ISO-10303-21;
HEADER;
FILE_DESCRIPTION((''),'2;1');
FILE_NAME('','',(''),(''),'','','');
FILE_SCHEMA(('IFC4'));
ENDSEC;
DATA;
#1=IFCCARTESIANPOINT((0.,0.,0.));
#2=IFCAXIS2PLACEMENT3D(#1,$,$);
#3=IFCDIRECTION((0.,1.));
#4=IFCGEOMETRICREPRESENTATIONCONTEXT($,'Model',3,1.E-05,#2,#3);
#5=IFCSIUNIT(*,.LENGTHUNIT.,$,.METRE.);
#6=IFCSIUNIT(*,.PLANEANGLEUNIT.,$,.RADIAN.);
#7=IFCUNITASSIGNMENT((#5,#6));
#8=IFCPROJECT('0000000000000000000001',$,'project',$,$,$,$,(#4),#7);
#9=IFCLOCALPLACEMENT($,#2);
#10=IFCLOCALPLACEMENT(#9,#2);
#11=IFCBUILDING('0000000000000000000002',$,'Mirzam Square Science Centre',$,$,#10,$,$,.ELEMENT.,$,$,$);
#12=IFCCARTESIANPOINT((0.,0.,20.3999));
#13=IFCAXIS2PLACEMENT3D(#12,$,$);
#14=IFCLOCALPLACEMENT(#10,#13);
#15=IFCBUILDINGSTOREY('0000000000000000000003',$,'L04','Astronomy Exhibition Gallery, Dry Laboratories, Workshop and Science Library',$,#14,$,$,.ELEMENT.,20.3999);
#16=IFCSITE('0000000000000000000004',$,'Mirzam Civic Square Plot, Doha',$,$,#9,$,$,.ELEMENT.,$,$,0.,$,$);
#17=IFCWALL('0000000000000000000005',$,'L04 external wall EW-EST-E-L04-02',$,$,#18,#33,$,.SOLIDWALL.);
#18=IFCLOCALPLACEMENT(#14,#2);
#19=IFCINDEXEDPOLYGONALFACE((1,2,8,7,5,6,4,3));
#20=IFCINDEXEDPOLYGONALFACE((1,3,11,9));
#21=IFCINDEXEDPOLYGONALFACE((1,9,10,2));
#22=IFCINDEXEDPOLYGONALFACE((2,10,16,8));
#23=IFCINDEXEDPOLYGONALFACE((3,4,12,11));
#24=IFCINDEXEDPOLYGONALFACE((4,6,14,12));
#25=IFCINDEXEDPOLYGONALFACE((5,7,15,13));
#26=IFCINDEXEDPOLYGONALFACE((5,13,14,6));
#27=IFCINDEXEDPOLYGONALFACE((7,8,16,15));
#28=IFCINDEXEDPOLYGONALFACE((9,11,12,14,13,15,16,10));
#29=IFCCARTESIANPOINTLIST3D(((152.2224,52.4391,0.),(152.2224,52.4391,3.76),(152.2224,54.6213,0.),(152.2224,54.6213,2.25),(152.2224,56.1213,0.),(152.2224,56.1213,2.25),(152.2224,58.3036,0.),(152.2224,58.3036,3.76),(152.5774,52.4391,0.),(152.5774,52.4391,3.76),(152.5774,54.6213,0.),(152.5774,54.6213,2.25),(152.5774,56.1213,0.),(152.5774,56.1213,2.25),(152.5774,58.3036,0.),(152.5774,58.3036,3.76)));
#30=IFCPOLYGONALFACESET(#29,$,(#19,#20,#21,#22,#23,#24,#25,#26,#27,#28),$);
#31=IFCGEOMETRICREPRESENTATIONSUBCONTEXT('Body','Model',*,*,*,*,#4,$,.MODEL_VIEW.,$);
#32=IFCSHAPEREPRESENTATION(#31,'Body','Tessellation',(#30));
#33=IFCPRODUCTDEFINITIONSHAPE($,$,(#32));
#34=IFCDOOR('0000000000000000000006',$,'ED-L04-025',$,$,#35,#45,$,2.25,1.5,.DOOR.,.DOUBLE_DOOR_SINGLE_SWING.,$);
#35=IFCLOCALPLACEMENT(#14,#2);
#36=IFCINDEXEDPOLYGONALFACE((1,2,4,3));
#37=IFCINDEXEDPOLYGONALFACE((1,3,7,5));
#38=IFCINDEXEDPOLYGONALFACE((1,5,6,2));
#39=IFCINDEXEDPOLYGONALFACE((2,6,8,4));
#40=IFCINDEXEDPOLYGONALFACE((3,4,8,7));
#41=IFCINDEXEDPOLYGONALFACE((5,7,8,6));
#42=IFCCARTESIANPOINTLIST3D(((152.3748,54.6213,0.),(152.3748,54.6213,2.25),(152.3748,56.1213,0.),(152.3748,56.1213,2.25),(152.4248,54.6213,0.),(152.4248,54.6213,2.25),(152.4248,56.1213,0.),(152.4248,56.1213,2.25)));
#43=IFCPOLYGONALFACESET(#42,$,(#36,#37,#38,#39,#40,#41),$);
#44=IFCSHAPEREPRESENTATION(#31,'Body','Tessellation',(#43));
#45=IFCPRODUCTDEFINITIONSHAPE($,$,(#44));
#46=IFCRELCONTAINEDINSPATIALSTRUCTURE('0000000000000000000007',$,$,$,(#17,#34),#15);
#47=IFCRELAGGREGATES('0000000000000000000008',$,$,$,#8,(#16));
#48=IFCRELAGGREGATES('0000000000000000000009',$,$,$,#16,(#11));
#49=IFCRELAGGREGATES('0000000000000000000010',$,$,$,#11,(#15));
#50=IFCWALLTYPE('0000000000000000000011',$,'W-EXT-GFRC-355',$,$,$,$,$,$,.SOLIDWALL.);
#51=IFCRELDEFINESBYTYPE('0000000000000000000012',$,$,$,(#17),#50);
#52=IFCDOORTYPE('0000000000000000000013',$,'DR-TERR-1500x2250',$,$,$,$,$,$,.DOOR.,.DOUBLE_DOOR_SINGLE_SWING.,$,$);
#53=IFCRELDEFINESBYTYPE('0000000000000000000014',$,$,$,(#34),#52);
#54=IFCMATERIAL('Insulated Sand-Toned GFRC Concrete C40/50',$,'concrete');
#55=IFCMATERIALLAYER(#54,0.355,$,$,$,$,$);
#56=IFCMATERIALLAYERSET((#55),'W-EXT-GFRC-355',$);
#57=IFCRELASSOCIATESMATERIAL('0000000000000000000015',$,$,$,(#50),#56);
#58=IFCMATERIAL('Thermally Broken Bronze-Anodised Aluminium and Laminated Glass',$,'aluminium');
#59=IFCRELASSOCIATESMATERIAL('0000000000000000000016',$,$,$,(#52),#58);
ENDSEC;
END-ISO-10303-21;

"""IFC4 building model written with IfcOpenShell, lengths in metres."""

from ifc_helpers import new_model, si_unit, direction, frame, frame_2d, origin, place, context, subcontext, project, spatial, rectangle, extrude, material, layer, layer_set, type_object, element, fill, save


model = new_model("IFC4")

# Units and contexts
model_context = context("Model", 3, precision=1e-05, world=origin(), true_north=direction((0.0, 1.0)))
body_context = subcontext(model_context, "Body", "Model", "MODEL_VIEW")
ifc_project = project(units=[si_unit("LENGTHUNIT", "METRE"), si_unit("PLANEANGLEUNIT", "RADIAN")], contexts=[model_context])

# Site, building, storey
site_placement = place(None, origin())
site = spatial("IfcSite", under=ifc_project, at=site_placement, Name="Mirzam Civic Square Plot, Doha", CompositionType="ELEMENT", RefElevation=0.0)
building_placement = place(site_placement, origin())
building = spatial("IfcBuilding", under=site, at=building_placement, Name="Mirzam Square Science Centre", CompositionType="ELEMENT")
storey_placement = place(building_placement, frame((0.0, 0.0, 20.3999)))
storey = spatial("IfcBuildingStorey", under=building, at=storey_placement, Name="L04", Description="Astronomy Exhibition Gallery, Dry Laboratories, Workshop and Science Library", CompositionType="ELEMENT", Elevation=20.3999)

# Wall, opening, door
ifc_material_1 = material(Name="Insulated Sand-Toned GFRC Concrete C40/50", Category="concrete")
ifc_layer_1 = layer(ifc_material_1, 0.355)
ifc_layer_set_1 = layer_set([ifc_layer_1], Name="W-EXT-GFRC-355")
wall_type_1 = type_object("IfcWallType", Name="W-EXT-GFRC-355", PredefinedType="SOLIDWALL", material=ifc_layer_set_1)
wall_1_placement = place(storey_placement, frame((152.3999, 52.4392, 0.0), z_axis=(0.0, 0.0, 1.0), x_axis=(0.0, 1.0, 0.0)))
wall_1 = element("IfcWall", 1, at=wall_1_placement, inside=storey, type_object=wall_type_1, Name="L04 external wall EW-EST-E-L04-02", PredefinedType="SOLIDWALL", context=body_context, shape_type="SweptSolid", body=[
    extrude(rectangle(XDim=5.8645, YDim=0.355, at=frame_2d((2.9321, 0.0))), origin(), (0.0, 0.0, 1.0), 3.76),
])
opening_placement = place(wall_1_placement, frame((2.1821, 0.0, 0.0)))
opening = element("IfcOpeningElement", 2, at=opening_placement, cuts=wall_1, PredefinedType="OPENING", context=body_context, shape_type="SweptSolid", body=[
    extrude(rectangle(XDim=1.5, YDim=2.25, at=frame_2d((0.75, 1.125))), frame((0.0, 0.1875, 0.0), z_axis=(0.0, -1.0, 0.0), x_axis=(1.0, 0.0, 0.0)), (0.0, 0.0, 1.0), 0.375),
])
ifc_material_2 = material(Name="Thermally Broken Bronze-Anodised Aluminium and Laminated Glass", Category="aluminium")
door_type = type_object("IfcDoorType", Name="DR-TERR-1500x2250", OperationType="DOUBLE_DOOR_SINGLE_SWING", PredefinedType="DOOR", material=ifc_material_2)
door_placement = place(opening_placement, frame((1.5, 0.0, 0.0), z_axis=(0.0, 0.0, 1.0), x_axis=(-1.0, 0.0, 0.0)))
door = element("IfcDoor", 3, at=door_placement, inside=storey, type_object=door_type, Name="ED-L04-025", OperationType="DOUBLE_DOOR_SINGLE_SWING", OverallHeight=2.25, OverallWidth=1.5, PredefinedType="DOOR", context=body_context, shape_type="SweptSolid", body=[
    extrude(rectangle(XDim=1.5, YDim=2.25, at=frame_2d((0.75, 1.125))), frame((0.0, 0.0249, 0.0), z_axis=(0.0, -1.0, 0.0), x_axis=(1.0, 0.0, 0.0)), (0.0, 0.0, 1.0), 0.05),
])
fill(opening, door)

save(model, "model.ifc")
